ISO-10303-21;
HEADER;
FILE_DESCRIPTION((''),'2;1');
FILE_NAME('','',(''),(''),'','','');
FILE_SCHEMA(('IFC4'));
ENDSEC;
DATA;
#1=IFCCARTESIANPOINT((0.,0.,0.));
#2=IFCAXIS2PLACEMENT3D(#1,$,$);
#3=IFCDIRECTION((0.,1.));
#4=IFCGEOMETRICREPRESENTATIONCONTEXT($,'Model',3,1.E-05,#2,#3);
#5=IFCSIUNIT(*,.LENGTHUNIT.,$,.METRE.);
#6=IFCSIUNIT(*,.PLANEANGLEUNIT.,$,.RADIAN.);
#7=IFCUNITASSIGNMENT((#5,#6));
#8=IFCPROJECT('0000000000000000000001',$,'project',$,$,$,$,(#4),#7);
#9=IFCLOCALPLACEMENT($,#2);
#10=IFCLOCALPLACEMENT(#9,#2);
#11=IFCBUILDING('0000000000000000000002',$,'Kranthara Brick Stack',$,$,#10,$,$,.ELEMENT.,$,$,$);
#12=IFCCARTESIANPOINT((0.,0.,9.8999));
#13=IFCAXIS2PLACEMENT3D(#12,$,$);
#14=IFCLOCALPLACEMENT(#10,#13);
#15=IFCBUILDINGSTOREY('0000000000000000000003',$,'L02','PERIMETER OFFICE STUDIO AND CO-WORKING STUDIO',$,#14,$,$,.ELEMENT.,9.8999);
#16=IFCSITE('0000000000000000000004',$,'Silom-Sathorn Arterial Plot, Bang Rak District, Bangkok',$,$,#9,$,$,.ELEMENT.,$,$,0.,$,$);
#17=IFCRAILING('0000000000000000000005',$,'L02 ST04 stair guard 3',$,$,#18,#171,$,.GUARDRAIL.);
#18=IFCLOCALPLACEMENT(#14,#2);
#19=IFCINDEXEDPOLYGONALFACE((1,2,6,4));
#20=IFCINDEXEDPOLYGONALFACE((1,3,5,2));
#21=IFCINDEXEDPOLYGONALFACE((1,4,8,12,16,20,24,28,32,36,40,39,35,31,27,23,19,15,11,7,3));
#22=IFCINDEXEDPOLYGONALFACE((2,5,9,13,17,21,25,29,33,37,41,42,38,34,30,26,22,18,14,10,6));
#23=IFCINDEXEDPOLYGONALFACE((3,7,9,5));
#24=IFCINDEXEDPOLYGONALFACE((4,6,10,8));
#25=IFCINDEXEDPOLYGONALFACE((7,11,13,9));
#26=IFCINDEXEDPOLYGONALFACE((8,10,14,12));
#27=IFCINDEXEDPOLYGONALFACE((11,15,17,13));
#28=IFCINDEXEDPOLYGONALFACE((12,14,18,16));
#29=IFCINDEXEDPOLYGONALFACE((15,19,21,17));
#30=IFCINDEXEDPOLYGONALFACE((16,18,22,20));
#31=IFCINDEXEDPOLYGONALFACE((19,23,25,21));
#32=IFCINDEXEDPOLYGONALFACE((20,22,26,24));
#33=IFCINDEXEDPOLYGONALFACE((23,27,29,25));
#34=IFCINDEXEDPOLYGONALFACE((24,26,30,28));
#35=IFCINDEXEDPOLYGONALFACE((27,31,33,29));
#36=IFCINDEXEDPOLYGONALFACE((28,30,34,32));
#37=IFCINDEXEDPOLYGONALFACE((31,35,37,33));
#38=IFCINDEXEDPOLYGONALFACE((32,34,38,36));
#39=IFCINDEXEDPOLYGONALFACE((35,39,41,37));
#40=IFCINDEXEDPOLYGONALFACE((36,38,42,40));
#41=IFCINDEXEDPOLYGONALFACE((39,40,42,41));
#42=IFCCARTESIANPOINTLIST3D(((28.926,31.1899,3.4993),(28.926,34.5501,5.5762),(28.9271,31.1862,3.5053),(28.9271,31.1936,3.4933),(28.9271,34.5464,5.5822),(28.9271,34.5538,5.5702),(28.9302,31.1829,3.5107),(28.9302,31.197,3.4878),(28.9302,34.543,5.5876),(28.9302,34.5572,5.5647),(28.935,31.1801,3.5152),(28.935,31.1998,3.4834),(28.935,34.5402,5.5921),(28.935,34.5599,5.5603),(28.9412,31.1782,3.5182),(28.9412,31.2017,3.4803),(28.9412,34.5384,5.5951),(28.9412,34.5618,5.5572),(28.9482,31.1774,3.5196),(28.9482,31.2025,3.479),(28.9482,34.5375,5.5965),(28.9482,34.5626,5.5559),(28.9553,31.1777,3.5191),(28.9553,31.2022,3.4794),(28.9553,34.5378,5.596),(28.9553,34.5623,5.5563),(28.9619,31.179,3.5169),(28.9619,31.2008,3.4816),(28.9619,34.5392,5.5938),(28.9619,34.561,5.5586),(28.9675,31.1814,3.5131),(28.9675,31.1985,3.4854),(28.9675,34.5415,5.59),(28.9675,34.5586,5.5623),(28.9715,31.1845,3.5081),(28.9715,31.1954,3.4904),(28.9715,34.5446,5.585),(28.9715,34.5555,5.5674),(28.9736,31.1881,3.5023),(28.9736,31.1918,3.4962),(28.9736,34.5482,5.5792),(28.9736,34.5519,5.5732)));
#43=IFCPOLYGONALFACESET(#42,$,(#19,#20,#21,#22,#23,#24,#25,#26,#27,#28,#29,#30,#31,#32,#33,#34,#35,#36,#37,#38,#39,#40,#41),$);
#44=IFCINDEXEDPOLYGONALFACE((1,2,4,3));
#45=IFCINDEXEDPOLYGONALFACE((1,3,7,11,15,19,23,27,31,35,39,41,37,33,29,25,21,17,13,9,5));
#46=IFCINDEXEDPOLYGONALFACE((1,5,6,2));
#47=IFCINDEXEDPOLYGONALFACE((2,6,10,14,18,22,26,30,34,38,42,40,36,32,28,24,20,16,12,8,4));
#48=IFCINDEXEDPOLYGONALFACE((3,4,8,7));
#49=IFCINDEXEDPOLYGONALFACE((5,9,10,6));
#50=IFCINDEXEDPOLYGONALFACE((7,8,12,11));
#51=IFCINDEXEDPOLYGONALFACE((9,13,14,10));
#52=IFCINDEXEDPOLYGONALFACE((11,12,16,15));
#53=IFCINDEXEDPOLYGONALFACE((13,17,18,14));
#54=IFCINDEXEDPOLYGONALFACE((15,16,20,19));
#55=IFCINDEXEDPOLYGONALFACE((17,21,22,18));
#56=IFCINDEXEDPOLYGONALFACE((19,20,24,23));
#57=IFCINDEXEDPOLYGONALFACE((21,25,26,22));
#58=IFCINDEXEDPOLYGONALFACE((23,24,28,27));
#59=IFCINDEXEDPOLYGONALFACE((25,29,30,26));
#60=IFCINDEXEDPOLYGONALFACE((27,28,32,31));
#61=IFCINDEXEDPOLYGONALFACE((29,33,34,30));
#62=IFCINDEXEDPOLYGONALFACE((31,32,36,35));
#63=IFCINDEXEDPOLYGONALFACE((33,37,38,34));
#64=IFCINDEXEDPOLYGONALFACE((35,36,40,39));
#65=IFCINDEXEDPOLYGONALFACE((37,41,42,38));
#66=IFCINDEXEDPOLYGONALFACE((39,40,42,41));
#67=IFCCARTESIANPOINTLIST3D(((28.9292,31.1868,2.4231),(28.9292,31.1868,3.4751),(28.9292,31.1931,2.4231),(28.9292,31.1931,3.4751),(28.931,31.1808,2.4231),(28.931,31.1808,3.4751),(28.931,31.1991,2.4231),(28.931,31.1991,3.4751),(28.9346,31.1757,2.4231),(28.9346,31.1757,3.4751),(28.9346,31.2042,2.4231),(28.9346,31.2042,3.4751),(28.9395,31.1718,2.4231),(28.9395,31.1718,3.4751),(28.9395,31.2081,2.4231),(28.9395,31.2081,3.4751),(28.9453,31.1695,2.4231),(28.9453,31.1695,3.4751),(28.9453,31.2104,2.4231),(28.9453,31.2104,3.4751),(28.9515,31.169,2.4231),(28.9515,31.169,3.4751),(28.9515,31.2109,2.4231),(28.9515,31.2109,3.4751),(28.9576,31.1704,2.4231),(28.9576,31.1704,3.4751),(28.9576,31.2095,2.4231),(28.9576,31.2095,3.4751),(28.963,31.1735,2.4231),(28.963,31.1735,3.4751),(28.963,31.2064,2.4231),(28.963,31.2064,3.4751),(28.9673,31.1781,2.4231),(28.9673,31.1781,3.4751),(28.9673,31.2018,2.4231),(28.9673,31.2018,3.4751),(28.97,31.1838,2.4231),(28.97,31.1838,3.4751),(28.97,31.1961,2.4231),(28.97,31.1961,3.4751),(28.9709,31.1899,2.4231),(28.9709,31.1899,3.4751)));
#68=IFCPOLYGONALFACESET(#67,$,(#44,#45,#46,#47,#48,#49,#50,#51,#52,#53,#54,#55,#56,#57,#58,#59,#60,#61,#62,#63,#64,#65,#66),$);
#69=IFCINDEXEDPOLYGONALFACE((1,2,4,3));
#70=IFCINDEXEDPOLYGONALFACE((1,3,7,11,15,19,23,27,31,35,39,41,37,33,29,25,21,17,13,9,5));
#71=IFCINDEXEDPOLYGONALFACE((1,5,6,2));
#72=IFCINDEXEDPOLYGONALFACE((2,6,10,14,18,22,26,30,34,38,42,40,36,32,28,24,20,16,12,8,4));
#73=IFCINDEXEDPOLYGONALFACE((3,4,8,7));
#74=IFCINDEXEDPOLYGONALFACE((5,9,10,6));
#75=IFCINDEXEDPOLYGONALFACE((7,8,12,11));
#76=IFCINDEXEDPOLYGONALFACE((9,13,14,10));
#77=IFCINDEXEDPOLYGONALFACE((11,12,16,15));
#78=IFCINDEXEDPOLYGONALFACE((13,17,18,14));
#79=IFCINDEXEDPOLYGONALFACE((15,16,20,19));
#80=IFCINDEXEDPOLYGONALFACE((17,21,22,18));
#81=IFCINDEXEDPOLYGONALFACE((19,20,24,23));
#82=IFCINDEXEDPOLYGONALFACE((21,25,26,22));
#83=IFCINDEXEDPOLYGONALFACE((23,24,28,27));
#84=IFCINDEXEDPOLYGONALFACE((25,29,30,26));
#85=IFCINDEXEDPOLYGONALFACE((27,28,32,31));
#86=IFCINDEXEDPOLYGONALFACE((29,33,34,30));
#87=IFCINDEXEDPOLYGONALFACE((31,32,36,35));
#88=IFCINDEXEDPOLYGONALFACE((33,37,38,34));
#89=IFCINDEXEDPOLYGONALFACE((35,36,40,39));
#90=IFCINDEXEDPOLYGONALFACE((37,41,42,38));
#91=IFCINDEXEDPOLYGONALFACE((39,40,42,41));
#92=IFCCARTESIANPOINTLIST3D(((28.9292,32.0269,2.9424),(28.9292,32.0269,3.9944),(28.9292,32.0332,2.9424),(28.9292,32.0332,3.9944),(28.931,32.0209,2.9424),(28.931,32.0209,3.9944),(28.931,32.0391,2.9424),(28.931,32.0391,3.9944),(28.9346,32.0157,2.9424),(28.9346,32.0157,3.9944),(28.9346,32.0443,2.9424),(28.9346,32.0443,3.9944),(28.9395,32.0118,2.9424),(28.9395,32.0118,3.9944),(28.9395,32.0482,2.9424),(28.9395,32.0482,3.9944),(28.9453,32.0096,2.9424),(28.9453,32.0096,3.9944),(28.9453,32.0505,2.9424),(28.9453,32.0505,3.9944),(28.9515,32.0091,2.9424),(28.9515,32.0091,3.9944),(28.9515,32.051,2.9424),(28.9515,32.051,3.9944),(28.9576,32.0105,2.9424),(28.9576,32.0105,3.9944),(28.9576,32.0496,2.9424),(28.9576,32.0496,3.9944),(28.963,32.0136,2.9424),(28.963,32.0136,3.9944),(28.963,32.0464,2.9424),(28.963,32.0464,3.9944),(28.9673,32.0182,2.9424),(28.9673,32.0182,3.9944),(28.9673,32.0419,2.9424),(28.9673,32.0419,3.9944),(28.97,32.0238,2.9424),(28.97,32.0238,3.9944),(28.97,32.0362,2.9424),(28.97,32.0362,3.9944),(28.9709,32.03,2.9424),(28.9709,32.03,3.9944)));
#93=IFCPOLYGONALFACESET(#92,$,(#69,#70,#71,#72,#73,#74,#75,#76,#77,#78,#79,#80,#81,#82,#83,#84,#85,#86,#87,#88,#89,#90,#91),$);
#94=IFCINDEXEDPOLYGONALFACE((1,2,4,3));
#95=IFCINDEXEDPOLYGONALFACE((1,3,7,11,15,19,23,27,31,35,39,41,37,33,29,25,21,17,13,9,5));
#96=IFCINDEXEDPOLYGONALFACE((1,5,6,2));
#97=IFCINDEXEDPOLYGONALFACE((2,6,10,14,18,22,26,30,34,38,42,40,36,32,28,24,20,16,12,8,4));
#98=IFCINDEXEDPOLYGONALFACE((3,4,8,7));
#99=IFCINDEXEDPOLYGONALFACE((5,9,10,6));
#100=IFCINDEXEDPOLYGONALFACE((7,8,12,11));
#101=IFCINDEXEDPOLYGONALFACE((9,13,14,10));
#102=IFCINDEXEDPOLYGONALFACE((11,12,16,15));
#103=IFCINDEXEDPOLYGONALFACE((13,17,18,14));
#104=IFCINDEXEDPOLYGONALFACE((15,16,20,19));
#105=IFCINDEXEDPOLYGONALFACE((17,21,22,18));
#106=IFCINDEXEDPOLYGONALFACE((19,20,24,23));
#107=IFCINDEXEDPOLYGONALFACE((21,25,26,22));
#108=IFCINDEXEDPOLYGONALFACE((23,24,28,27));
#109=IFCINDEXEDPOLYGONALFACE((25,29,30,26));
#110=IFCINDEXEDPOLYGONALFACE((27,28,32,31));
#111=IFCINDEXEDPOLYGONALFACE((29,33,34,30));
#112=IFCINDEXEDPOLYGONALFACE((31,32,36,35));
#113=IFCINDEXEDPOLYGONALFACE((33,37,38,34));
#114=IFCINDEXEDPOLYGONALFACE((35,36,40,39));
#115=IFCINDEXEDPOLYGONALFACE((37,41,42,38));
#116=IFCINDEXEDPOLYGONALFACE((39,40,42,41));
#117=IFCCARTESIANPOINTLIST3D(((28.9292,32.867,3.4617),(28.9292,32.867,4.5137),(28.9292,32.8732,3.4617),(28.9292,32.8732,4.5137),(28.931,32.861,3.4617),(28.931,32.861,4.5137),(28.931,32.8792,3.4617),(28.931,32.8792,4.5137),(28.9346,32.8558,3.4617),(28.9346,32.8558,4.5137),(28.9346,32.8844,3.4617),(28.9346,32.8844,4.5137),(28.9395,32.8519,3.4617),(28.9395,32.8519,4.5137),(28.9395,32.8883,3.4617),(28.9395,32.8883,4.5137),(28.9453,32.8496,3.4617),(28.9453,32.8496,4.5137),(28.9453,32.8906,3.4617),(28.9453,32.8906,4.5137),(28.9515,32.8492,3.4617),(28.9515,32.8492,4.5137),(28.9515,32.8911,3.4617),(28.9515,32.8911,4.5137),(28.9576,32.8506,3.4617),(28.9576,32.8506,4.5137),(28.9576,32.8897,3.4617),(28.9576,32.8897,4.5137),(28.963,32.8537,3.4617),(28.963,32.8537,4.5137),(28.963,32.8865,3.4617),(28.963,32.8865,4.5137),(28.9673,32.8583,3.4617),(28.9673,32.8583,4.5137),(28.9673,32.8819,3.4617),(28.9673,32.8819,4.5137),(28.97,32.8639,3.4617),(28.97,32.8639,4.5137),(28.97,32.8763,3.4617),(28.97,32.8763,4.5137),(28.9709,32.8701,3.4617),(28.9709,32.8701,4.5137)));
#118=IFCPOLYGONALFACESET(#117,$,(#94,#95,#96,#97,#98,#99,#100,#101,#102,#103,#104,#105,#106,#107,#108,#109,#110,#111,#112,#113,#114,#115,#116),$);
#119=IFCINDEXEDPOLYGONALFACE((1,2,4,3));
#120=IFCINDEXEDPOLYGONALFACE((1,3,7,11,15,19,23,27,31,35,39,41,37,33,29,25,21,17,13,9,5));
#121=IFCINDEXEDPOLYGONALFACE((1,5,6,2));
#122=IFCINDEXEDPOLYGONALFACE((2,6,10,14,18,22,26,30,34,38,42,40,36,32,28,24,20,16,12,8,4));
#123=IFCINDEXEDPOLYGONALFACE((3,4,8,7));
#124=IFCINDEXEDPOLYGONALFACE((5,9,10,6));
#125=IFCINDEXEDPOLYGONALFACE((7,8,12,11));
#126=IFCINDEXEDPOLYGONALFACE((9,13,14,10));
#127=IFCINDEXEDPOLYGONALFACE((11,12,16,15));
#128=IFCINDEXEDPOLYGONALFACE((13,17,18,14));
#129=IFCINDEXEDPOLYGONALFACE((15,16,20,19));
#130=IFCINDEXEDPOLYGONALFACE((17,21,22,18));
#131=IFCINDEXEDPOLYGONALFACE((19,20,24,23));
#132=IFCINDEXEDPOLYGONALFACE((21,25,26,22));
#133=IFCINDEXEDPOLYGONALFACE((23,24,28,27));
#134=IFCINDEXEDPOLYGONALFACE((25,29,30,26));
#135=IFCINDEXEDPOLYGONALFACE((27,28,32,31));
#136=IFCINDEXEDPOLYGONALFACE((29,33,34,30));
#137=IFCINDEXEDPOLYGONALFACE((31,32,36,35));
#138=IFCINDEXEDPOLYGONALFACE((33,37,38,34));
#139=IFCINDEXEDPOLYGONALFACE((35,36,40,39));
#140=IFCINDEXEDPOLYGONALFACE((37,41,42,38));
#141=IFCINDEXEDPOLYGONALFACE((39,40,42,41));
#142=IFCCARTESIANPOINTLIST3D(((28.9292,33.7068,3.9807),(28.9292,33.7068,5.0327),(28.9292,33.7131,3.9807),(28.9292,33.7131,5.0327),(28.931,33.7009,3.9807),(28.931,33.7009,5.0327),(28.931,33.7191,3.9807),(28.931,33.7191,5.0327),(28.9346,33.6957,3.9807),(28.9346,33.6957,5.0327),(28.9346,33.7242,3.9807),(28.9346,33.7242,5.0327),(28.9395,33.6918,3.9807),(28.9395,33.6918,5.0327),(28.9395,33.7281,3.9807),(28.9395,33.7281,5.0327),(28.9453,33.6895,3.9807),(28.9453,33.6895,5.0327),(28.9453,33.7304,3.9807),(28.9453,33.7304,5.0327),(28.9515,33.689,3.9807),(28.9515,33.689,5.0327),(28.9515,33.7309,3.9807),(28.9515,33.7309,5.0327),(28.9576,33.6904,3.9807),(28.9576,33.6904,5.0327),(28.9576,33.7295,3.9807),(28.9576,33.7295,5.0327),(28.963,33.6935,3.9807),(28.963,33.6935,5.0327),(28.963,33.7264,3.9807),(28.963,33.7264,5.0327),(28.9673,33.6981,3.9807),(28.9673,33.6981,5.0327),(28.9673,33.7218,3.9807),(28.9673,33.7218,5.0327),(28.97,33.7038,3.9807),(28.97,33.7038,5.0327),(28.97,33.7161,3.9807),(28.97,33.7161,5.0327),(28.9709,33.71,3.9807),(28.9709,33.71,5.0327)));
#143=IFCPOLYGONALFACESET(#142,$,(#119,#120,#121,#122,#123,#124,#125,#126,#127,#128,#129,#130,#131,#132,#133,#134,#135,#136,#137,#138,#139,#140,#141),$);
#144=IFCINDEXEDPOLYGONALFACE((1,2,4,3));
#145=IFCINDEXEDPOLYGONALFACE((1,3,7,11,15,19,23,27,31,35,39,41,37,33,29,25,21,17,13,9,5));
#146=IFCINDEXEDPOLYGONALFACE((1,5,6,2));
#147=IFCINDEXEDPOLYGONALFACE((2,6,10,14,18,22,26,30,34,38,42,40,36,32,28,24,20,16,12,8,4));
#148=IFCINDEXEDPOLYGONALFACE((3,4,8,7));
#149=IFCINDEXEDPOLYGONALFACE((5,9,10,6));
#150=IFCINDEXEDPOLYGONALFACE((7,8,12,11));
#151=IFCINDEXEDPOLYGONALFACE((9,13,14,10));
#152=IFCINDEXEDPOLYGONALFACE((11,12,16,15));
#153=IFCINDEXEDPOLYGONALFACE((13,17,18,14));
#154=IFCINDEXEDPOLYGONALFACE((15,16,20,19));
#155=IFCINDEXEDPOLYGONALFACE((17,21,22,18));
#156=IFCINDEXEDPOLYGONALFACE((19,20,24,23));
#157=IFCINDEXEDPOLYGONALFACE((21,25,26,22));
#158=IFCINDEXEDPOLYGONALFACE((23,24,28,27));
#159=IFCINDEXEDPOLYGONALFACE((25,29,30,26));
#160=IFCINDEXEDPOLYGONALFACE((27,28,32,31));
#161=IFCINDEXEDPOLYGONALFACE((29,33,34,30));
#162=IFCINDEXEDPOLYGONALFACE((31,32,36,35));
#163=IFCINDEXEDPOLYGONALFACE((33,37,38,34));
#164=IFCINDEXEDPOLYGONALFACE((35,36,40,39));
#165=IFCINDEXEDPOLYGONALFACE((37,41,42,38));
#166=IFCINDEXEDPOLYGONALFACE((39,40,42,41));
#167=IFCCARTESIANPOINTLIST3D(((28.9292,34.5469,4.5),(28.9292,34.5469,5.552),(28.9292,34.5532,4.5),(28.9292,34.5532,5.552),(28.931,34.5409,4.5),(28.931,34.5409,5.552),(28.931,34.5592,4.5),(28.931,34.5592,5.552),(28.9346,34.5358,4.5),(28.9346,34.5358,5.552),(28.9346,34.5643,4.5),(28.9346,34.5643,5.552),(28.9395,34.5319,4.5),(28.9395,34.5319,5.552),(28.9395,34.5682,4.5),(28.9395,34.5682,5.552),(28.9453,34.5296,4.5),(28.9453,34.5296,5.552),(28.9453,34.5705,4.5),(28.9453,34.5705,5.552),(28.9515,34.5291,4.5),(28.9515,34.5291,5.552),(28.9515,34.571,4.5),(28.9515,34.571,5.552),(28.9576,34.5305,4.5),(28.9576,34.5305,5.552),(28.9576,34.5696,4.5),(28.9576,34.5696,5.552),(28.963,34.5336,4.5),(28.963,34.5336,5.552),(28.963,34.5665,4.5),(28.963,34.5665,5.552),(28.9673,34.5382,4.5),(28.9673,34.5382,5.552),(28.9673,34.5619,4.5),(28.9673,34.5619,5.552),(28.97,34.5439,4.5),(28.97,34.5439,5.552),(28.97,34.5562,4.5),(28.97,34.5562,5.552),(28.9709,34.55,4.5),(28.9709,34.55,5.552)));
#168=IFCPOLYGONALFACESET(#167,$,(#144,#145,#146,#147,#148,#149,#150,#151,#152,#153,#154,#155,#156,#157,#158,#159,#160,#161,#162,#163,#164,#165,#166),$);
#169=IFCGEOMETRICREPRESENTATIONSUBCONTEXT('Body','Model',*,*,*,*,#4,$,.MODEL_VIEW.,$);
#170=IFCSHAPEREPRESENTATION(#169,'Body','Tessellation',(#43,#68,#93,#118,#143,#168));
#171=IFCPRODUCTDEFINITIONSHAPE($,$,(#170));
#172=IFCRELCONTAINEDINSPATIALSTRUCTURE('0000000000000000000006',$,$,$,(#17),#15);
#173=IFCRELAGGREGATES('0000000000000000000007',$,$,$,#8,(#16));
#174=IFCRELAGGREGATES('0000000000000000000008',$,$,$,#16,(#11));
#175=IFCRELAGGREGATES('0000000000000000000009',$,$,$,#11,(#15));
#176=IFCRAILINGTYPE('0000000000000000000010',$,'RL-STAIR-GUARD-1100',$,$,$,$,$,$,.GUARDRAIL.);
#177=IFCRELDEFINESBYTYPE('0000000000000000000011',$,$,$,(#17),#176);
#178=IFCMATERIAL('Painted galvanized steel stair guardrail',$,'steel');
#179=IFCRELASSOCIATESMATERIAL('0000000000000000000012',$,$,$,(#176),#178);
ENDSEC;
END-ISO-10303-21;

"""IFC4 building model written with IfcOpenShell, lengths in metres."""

from ifc_helpers import new_model, si_unit, direction, frame, origin, origin_2d, place, context, subcontext, project, spatial, circle, extrude, material, type_object, element, save


model = new_model("IFC4")

# Units and contexts
model_context = context("Model", 3, precision=1e-05, world=origin(), true_north=direction((0.0, 1.0)))
body_context = subcontext(model_context, "Body", "Model", "MODEL_VIEW")
ifc_project = project(units=[si_unit("LENGTHUNIT", "METRE"), si_unit("PLANEANGLEUNIT", "RADIAN")], contexts=[model_context])

# Site, building, storey
site_placement = place(None, origin())
site = spatial("IfcSite", under=ifc_project, at=site_placement, Name="Silom-Sathorn Arterial Plot, Bang Rak District, Bangkok", CompositionType="ELEMENT", RefElevation=0.0)
building_placement = place(site_placement, origin())
building = spatial("IfcBuilding", under=site, at=building_placement, Name="Kranthara Brick Stack", CompositionType="ELEMENT")
storey_placement = place(building_placement, frame((0.0, 0.0, 9.8999)))
storey = spatial("IfcBuildingStorey", under=building, at=storey_placement, Name="L02", Description="PERIMETER OFFICE STUDIO AND CO-WORKING STUDIO", CompositionType="ELEMENT", Elevation=9.8999)

# Railing
ifc_material_1 = material(Name="Painted galvanized steel stair guardrail", Category="steel")
railing_type_1 = type_object("IfcRailingType", Name="RL-STAIR-GUARD-1100", PredefinedType="GUARDRAIL", material=ifc_material_1)
railing_1_placement = place(storey_placement, frame((28.95, 31.1899, 2.4231)))
element("IfcRailing", 1, at=railing_1_placement, inside=storey, type_object=railing_type_1, Name="L02 ST04 stair guard 3", PredefinedType="GUARDRAIL", context=body_context, shape_type="SweptSolid", body=[
    extrude(circle(Radius=0.0239, at=origin_2d()), frame((0.0, 0.0, 1.0762), z_axis=(0.0, 0.850623, 0.525776), x_axis=(-1.0, 0.0, 0.0)), (0.0, 0.0, 1.0), 3.9502),
    extrude(circle(Radius=0.021, at=origin_2d()), origin(), (0.0, 0.0, 1.0), 1.052),
    extrude(circle(Radius=0.021, at=origin_2d()), frame((0.0, 0.8401, 0.5193)), (0.0, 0.0, 1.0), 1.052),
    extrude(circle(Radius=0.021, at=origin_2d()), frame((0.0, 1.6802, 1.0386)), (0.0, 0.0, 1.0), 1.052),
    extrude(circle(Radius=0.021, at=origin_2d()), frame((0.0, 2.52, 1.5576)), (0.0, 0.0, 1.0), 1.052),
    extrude(circle(Radius=0.021, at=origin_2d()), frame((0.0, 3.3601, 2.0769)), (0.0, 0.0, 1.0), 1.052),
])

save(model, "model.ifc")
